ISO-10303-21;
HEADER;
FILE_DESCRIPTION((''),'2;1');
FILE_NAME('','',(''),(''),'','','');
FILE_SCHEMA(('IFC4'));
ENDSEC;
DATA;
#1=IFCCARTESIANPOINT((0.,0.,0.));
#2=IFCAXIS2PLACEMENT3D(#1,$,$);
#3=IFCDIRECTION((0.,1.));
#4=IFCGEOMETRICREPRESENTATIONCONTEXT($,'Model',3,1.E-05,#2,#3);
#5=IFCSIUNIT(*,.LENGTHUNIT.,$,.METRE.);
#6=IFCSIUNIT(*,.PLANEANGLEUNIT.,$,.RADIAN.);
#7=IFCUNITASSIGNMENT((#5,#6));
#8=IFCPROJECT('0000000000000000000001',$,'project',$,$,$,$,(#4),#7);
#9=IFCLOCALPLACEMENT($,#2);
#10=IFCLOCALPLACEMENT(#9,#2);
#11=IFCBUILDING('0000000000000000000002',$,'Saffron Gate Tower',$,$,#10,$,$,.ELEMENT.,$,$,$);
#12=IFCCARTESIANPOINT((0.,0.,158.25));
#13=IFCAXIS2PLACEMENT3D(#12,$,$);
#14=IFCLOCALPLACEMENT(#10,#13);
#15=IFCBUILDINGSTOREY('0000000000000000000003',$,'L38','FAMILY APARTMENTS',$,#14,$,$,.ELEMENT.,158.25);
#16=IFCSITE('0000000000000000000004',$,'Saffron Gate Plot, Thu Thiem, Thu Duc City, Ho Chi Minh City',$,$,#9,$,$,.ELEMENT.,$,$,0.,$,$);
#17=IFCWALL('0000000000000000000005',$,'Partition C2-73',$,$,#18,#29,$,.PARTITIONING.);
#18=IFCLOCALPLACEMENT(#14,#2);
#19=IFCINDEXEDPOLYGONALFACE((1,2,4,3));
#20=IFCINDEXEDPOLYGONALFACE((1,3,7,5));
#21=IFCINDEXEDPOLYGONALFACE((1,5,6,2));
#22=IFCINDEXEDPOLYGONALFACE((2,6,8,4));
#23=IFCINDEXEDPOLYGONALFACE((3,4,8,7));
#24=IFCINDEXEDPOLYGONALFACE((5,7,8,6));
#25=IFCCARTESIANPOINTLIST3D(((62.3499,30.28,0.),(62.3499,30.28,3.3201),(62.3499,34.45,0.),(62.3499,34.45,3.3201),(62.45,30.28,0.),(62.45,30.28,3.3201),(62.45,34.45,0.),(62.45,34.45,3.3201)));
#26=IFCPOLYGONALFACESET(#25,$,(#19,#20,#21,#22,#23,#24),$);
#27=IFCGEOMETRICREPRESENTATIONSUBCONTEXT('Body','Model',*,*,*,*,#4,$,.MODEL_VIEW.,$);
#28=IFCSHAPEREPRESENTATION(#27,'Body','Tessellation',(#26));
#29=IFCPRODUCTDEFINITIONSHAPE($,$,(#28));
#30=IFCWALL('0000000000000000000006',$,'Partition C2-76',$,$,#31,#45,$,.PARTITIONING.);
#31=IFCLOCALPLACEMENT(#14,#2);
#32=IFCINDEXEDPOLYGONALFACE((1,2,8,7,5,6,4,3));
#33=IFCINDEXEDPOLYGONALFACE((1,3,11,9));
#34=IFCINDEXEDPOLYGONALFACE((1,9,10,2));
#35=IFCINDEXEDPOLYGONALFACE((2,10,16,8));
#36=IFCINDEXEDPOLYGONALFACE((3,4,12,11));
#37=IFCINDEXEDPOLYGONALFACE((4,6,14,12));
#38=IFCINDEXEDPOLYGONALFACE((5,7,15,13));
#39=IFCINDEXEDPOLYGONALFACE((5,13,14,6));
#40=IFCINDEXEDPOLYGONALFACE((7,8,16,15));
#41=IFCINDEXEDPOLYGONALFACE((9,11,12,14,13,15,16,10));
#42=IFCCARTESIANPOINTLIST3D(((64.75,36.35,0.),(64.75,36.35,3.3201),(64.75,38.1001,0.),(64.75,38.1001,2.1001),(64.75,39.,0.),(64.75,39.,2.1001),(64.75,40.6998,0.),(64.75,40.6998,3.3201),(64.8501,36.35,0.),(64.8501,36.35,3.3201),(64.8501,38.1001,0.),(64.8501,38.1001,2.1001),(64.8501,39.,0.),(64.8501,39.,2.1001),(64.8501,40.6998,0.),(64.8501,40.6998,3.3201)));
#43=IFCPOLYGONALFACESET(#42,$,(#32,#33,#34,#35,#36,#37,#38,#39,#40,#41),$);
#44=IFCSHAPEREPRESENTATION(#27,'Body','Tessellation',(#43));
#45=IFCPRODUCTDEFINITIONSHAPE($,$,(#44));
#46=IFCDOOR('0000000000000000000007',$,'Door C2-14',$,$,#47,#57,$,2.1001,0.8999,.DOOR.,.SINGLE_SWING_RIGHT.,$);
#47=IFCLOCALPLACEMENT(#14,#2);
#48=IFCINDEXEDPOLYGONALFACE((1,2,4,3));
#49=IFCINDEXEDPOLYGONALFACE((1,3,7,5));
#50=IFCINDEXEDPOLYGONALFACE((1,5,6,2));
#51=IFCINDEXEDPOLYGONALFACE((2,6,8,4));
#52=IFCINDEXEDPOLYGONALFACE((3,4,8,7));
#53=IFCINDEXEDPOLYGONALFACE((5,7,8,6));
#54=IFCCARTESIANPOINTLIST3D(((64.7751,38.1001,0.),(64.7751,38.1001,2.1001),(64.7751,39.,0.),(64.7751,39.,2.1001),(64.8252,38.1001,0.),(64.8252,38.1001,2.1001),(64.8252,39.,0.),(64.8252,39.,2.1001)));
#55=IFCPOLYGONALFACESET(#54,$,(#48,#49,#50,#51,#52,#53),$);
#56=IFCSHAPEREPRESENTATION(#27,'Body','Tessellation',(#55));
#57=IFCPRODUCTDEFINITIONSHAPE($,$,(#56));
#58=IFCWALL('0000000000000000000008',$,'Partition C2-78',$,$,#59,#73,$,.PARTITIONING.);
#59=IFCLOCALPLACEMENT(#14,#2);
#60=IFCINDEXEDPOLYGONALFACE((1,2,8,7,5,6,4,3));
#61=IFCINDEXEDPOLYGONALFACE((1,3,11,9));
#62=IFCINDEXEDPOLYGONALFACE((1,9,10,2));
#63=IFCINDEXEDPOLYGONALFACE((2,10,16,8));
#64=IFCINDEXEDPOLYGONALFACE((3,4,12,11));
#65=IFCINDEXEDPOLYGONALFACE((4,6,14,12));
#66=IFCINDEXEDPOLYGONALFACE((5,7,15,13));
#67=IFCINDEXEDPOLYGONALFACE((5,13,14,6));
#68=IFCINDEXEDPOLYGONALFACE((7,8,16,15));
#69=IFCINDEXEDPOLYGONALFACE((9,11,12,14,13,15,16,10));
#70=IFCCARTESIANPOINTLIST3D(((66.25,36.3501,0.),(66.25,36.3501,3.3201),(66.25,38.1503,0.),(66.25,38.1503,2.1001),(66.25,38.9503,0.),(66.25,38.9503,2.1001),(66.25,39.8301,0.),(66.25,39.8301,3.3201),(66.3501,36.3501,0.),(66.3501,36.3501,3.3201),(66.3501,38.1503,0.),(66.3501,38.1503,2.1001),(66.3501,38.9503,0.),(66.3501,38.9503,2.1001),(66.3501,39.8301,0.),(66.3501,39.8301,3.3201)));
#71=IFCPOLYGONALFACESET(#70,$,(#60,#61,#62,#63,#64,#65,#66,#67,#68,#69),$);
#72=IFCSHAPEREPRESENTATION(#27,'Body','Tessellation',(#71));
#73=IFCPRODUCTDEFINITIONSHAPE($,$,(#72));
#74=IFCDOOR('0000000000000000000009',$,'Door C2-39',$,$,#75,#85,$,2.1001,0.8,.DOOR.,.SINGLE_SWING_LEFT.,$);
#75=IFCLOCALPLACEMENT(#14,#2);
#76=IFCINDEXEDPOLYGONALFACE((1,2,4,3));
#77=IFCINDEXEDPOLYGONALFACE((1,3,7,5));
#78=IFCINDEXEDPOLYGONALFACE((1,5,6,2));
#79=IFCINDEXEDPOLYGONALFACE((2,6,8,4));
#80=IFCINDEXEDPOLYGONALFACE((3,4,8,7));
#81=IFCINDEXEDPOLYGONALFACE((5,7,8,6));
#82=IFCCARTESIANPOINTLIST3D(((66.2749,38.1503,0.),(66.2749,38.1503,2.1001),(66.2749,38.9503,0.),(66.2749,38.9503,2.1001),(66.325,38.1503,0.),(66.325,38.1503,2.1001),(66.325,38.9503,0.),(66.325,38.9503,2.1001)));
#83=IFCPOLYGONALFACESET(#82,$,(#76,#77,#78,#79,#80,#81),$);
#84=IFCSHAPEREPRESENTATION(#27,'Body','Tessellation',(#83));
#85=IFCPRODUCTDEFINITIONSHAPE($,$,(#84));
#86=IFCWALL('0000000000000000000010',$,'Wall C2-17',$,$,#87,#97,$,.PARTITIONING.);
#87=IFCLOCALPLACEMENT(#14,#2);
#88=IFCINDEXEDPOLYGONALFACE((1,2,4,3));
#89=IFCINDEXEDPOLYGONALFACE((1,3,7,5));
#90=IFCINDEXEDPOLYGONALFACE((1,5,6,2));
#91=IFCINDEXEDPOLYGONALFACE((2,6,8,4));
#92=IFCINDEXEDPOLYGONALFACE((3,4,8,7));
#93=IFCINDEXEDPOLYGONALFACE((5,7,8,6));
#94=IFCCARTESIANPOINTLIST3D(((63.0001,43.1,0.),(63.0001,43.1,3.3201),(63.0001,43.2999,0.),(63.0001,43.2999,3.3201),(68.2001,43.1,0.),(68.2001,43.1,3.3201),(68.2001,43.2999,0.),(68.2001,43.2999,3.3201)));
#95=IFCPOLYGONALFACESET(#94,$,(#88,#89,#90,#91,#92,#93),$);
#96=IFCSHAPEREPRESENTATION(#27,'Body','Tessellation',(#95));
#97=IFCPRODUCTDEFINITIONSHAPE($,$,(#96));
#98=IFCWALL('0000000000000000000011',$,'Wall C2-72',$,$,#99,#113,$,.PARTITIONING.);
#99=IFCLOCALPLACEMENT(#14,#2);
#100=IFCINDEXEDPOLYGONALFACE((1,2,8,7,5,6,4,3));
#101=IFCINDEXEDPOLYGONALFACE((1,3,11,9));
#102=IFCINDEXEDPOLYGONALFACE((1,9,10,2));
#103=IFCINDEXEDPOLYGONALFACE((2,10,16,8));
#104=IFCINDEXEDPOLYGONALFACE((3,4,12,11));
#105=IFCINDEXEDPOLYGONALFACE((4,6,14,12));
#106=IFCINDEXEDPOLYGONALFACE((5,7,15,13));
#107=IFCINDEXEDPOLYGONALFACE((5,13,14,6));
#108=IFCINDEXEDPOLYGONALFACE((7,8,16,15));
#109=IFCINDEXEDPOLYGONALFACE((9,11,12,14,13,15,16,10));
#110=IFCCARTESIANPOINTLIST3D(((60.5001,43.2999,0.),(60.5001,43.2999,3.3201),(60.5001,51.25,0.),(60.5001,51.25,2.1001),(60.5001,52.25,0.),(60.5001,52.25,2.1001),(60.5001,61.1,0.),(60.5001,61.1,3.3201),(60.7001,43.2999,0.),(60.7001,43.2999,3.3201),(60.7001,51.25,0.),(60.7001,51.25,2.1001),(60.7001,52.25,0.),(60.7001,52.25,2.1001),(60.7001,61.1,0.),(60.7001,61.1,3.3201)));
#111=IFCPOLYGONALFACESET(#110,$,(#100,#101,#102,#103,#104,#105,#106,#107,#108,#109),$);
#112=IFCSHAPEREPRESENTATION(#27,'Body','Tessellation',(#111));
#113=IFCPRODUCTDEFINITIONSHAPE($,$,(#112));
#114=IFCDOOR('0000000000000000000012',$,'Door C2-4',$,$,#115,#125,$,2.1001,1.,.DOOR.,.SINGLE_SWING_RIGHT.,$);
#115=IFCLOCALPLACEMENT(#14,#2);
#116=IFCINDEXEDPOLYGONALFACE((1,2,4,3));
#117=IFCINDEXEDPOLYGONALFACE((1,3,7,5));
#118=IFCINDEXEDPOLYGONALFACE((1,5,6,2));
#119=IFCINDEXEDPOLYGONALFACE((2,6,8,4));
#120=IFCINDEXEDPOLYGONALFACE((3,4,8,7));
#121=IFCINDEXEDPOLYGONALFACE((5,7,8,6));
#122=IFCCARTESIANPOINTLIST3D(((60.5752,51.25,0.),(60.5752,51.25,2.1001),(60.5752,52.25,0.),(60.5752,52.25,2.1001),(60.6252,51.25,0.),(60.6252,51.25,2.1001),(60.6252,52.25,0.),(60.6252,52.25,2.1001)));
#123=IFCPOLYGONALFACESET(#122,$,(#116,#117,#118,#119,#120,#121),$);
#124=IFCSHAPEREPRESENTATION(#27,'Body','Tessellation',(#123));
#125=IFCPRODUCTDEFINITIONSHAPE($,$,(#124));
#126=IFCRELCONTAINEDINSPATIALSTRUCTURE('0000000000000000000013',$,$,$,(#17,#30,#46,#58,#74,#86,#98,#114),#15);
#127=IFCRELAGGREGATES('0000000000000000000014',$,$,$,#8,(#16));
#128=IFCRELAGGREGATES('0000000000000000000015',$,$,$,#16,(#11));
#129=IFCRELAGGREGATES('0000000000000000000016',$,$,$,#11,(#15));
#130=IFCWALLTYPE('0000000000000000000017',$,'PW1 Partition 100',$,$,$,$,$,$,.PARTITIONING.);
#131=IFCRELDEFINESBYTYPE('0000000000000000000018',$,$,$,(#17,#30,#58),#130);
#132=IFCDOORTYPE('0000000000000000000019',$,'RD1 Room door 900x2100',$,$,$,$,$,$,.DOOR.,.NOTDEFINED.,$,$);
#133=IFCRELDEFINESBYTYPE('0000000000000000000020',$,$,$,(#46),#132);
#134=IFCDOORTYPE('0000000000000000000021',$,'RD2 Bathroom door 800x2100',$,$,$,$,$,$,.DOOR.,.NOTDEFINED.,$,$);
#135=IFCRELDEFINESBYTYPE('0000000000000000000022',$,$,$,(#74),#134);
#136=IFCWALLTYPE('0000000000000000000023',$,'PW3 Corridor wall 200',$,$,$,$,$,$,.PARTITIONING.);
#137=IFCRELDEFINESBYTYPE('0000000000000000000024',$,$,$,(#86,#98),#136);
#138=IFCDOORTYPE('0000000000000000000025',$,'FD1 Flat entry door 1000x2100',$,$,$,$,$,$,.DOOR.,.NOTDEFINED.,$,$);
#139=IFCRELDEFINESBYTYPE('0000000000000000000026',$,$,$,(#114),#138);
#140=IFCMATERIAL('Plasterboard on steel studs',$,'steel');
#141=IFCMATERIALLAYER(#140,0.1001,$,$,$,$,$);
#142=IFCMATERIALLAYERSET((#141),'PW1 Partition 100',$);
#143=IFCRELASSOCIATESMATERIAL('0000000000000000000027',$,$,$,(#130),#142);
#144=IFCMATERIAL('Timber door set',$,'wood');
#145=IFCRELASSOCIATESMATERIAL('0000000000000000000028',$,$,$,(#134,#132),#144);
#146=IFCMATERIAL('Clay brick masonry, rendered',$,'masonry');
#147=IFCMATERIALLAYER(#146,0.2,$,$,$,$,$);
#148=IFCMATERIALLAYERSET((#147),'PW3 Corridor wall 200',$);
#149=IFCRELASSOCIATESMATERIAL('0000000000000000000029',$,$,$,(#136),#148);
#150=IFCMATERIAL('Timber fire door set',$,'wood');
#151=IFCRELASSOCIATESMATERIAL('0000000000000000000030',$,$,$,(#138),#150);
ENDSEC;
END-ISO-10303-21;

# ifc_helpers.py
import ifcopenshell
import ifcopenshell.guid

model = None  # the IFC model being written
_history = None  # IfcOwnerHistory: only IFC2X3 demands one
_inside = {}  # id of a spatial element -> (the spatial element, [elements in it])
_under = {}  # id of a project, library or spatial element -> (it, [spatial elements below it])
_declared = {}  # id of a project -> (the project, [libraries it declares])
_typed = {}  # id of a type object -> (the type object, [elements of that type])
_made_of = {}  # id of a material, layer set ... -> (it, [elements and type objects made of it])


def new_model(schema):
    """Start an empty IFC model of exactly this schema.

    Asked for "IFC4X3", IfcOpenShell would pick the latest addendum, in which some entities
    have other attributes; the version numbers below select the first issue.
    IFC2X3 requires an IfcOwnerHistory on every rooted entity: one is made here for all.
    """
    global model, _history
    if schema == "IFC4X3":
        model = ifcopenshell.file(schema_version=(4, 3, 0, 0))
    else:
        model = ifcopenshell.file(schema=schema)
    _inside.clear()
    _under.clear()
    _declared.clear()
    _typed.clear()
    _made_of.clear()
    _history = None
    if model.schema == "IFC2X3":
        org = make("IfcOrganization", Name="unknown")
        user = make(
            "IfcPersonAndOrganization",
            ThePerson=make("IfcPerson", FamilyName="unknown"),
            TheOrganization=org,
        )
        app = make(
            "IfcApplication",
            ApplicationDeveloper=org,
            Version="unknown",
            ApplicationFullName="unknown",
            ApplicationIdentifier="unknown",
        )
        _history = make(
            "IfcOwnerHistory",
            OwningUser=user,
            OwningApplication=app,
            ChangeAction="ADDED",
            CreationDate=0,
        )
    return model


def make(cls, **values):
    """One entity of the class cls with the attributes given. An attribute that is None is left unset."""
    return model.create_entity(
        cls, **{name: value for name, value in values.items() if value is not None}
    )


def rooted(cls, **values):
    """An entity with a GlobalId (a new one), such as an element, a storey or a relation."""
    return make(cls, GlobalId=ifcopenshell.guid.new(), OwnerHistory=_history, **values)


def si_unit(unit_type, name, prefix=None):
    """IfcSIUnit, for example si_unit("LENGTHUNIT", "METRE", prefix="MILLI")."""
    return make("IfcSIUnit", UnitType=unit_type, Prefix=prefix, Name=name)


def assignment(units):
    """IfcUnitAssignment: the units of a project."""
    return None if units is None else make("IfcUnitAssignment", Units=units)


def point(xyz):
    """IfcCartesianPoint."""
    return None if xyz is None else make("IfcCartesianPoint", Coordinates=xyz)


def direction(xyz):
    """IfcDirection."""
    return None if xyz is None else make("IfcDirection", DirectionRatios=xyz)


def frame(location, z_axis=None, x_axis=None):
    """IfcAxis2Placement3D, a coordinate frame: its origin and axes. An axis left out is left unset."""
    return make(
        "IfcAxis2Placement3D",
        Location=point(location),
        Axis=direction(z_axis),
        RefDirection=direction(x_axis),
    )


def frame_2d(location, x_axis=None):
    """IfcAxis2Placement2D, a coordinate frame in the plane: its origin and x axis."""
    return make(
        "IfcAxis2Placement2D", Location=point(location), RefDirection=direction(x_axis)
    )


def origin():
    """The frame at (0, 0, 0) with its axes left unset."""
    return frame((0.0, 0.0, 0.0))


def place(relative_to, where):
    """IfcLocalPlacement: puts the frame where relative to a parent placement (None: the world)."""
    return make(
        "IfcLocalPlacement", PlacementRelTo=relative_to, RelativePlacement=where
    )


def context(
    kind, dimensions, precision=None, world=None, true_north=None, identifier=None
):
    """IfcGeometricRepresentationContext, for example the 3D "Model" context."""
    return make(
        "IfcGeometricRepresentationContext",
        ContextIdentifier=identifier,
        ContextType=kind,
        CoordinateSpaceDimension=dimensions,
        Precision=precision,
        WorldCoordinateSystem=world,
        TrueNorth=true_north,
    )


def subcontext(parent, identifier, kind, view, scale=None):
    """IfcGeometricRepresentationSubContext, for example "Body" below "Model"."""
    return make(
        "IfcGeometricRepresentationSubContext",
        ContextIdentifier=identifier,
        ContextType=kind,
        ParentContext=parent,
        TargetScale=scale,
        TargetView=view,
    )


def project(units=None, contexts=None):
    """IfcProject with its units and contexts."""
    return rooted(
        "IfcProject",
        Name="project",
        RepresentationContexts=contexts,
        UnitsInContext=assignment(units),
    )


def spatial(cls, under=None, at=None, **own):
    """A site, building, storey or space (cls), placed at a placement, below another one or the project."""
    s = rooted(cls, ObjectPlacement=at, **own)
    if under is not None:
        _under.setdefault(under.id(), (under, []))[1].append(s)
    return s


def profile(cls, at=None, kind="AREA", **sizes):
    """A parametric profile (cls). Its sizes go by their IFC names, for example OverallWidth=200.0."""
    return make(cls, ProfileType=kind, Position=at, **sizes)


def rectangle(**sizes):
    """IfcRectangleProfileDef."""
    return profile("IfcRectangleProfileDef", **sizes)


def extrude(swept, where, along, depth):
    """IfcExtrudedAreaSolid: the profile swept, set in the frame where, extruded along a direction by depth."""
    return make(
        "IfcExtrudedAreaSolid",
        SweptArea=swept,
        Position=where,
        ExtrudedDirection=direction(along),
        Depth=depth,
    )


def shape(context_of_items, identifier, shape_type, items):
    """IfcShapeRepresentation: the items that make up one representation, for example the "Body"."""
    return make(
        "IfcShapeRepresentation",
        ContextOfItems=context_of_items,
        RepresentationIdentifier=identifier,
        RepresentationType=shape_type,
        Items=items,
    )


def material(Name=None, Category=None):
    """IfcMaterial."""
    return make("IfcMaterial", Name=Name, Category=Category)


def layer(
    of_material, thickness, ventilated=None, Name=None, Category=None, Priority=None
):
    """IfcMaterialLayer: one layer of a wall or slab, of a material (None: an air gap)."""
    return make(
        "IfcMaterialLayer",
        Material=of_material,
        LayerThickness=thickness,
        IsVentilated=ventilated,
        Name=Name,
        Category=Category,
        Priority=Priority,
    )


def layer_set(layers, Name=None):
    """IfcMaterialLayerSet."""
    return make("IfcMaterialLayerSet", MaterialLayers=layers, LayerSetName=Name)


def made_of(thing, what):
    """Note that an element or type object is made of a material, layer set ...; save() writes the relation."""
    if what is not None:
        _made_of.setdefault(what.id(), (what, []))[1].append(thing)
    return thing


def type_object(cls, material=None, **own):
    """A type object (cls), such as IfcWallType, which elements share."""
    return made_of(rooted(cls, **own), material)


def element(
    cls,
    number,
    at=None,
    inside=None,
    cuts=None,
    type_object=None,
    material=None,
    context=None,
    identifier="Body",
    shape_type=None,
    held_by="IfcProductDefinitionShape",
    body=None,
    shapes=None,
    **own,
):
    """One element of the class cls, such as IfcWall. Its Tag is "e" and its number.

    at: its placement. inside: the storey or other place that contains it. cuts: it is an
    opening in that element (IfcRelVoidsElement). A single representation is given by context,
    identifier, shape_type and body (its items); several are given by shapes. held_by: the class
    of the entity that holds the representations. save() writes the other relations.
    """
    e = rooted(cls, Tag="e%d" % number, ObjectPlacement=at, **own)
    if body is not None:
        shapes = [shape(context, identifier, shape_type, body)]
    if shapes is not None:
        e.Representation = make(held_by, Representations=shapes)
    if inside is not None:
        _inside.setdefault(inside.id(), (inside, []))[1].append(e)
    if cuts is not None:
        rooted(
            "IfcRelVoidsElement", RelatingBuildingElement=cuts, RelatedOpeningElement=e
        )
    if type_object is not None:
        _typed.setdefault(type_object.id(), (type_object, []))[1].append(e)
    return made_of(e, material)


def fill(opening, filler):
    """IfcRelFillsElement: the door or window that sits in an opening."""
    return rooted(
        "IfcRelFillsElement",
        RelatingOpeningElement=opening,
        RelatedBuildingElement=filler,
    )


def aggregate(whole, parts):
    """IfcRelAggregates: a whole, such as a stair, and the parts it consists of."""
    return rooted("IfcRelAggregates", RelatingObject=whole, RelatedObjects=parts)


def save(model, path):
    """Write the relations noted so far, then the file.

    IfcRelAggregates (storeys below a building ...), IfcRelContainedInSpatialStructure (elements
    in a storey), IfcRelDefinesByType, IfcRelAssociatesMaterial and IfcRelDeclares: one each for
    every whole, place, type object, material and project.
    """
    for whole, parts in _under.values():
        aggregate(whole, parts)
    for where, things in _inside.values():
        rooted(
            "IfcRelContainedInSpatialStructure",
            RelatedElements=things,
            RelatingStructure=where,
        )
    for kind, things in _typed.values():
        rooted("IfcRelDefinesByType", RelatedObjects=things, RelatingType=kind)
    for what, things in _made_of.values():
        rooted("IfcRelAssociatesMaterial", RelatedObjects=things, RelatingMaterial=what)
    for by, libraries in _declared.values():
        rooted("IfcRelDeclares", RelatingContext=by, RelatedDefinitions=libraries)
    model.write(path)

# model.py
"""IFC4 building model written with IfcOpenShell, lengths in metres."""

from ifc_helpers import new_model, si_unit, direction, frame, frame_2d, origin, place, context, subcontext, project, spatial, rectangle, extrude, material, layer, layer_set, type_object, element, fill, save


model = new_model("IFC4")

# Units and contexts
model_context = context("Model", 3, precision=1e-05, world=origin(), true_north=direction((0.0, 1.0)))
body_context = subcontext(model_context, "Body", "Model", "MODEL_VIEW")
ifc_project = project(units=[si_unit("LENGTHUNIT", "METRE"), si_unit("PLANEANGLEUNIT", "RADIAN")], contexts=[model_context])

# Site, building, storey
site_placement = place(None, origin())
site = spatial("IfcSite", under=ifc_project, at=site_placement, Name="Saffron Gate Plot, Thu Thiem, Thu Duc City, Ho Chi Minh City", CompositionType="ELEMENT", RefElevation=0.0)
building_placement = place(site_placement, origin())
building = spatial("IfcBuilding", under=site, at=building_placement, Name="Saffron Gate Tower", CompositionType="ELEMENT")
storey_placement = place(building_placement, frame((0.0, 0.0, 158.25)))
storey = spatial("IfcBuildingStorey", under=building, at=storey_placement, Name="L38", Description="FAMILY APARTMENTS", CompositionType="ELEMENT", Elevation=158.25)

# Shared definitions
ifc_material_1 = material(Name="Plasterboard on steel studs", Category="steel")
ifc_layer_1 = layer(ifc_material_1, 0.1001)
ifc_layer_set_1 = layer_set([ifc_layer_1], Name="PW1 Partition 100")
wall_type_1 = type_object("IfcWallType", Name="PW1 Partition 100", PredefinedType="PARTITIONING", material=ifc_layer_set_1)
ifc_material_2 = material(Name="Timber door set", Category="wood")
door_type_1 = type_object("IfcDoorType", Name="RD2 Bathroom door 800x2100", OperationType="NOTDEFINED", PredefinedType="DOOR", material=ifc_material_2)

# Wall
wall_1_placement = place(storey_placement, frame((62.3999, 34.45, 0.0), z_axis=(0.0, 0.0, 1.0), x_axis=(0.0, -1.0, 0.0)))
element("IfcWall", 1, at=wall_1_placement, inside=storey, type_object=wall_type_1, Name="Partition C2-73", PredefinedType="PARTITIONING", context=body_context, shape_type="SweptSolid", body=[
    extrude(rectangle(XDim=4.1699, YDim=0.1001, at=frame_2d((2.085, 0.0))), origin(), (0.0, 0.0, 1.0), 3.3201),
])

# Walls, openings, doors
wall_2_placement = place(storey_placement, frame((64.8, 36.3501, 0.0), z_axis=(0.0, 0.0, 1.0), x_axis=(0.0, 1.0, 0.0)))
wall_2 = element("IfcWall", 2, at=wall_2_placement, inside=storey, type_object=wall_type_1, Name="Partition C2-76", PredefinedType="PARTITIONING", context=body_context, shape_type="SweptSolid", body=[
    extrude(rectangle(XDim=4.3499, YDim=0.1001, at=frame_2d((2.1748, 0.0))), origin(), (0.0, 0.0, 1.0), 3.3201),
])
opening_1_placement = place(wall_2_placement, frame((1.75, 0.0, 0.0)))
opening_1 = element("IfcOpeningElement", 3, at=opening_1_placement, cuts=wall_2, PredefinedType="OPENING", context=body_context, shape_type="SweptSolid", body=[
    extrude(rectangle(XDim=0.8999, YDim=2.1001, at=frame_2d((0.45, 1.05))), frame((0.0, 0.0601, 0.0), z_axis=(0.0, -1.0, 0.0), x_axis=(1.0, 0.0, 0.0)), (0.0, 0.0, 1.0), 0.1201),
])
door_type_2 = type_object("IfcDoorType", Name="RD1 Room door 900x2100", OperationType="NOTDEFINED", PredefinedType="DOOR", material=ifc_material_2)
door_1_placement = place(opening_1_placement, origin())
door_1 = element("IfcDoor", 4, at=door_1_placement, inside=storey, type_object=door_type_2, Name="Door C2-14", OperationType="SINGLE_SWING_RIGHT", OverallHeight=2.1001, OverallWidth=0.8999, PredefinedType="DOOR", context=body_context, shape_type="SweptSolid", body=[
    extrude(rectangle(XDim=0.8999, YDim=2.1001, at=frame_2d((0.45, 1.05))), frame((0.0, 0.0249, 0.0), z_axis=(0.0, -1.0, 0.0), x_axis=(1.0, 0.0, 0.0)), (0.0, 0.0, 1.0), 0.05),
])
fill(opening_1, door_1)
wall_3_placement = place(storey_placement, frame((66.3, 39.8301, 0.0), z_axis=(0.0, 0.0, 1.0), x_axis=(0.0, -1.0, 0.0)))
wall_3 = element("IfcWall", 5, at=wall_3_placement, inside=storey, type_object=wall_type_1, Name="Partition C2-78", PredefinedType="PARTITIONING", context=body_context, shape_type="SweptSolid", body=[
    extrude(rectangle(XDim=3.48, YDim=0.1001, at=frame_2d((1.74, 0.0))), origin(), (0.0, 0.0, 1.0), 3.3201),
])
opening_2_placement = place(wall_3_placement, frame((0.8799, 0.0, 0.0)))
opening_2 = element("IfcOpeningElement", 6, at=opening_2_placement, cuts=wall_3, PredefinedType="OPENING", context=body_context, shape_type="SweptSolid", body=[
    extrude(rectangle(XDim=0.8, YDim=2.1001, at=frame_2d((0.3999, 1.05))), frame((0.0, 0.0601, 0.0), z_axis=(0.0, -1.0, 0.0), x_axis=(1.0, 0.0, 0.0)), (0.0, 0.0, 1.0), 0.1201),
])
door_2_placement = place(opening_2_placement, origin())
door_2 = element("IfcDoor", 7, at=door_2_placement, inside=storey, type_object=door_type_1, Name="Door C2-39", OperationType="SINGLE_SWING_LEFT", OverallHeight=2.1001, OverallWidth=0.8, PredefinedType="DOOR", context=body_context, shape_type="SweptSolid", body=[
    extrude(rectangle(XDim=0.8, YDim=2.1001, at=frame_2d((0.3999, 1.05))), frame((0.0, 0.0249, 0.0), z_axis=(0.0, -1.0, 0.0), x_axis=(1.0, 0.0, 0.0)), (0.0, 0.0, 1.0), 0.05),
])
fill(opening_2, door_2)

# Wall
ifc_material_3 = material(Name="Clay brick masonry, rendered", Category="masonry")
ifc_layer_2 = layer(ifc_material_3, 0.2)
ifc_layer_set_2 = layer_set([ifc_layer_2], Name="PW3 Corridor wall 200")
wall_type_2 = type_object("IfcWallType", Name="PW3 Corridor wall 200", PredefinedType="PARTITIONING", material=ifc_layer_set_2)
wall_4_placement = place(storey_placement, frame((63.0, 43.2, 0.0), z_axis=(0.0, 0.0, 1.0), x_axis=(1.0, 0.0, 0.0)))
element("IfcWall", 8, at=wall_4_placement, inside=storey, type_object=wall_type_2, Name="Wall C2-17", PredefinedType="PARTITIONING", context=body_context, shape_type="SweptSolid", body=[
    extrude(rectangle(XDim=5.2, YDim=0.2, at=frame_2d((2.6001, 0.0))), origin(), (0.0, 0.0, 1.0), 3.3201),
])

# Wall, opening, door
wall_5_placement = place(storey_placement, frame((60.6001, 43.3, 0.0), z_axis=(0.0, 0.0, 1.0), x_axis=(0.0, 1.0, 0.0)))
wall_5 = element("IfcWall", 9, at=wall_5_placement, inside=storey, type_object=wall_type_2, Name="Wall C2-72", PredefinedType="PARTITIONING", context=body_context, shape_type="SweptSolid", body=[
    extrude(rectangle(XDim=17.8, YDim=0.2, at=frame_2d((8.8999, 0.0))), origin(), (0.0, 0.0, 1.0), 3.3201),
])
opening_3_placement = place(wall_5_placement, frame((7.95, 0.0, 0.0)))
opening_3 = element("IfcOpeningElement", 10, at=opening_3_placement, cuts=wall_5, PredefinedType="OPENING", context=body_context, shape_type="SweptSolid", body=[
    extrude(rectangle(XDim=1.0, YDim=2.1001, at=frame_2d((0.5, 1.05))), frame((0.0, 0.1099, 0.0), z_axis=(0.0, -1.0, 0.0), x_axis=(1.0, 0.0, 0.0)), (0.0, 0.0, 1.0), 0.22),
])
ifc_material_4 = material(Name="Timber fire door set", Category="wood")
door_type_3 = type_object("IfcDoorType", Name="FD1 Flat entry door 1000x2100", OperationType="NOTDEFINED", PredefinedType="DOOR", material=ifc_material_4)
door_3_placement = place(opening_3_placement, origin())
door_3 = element("IfcDoor", 11, at=door_3_placement, inside=storey, type_object=door_type_3, Name="Door C2-4", OperationType="SINGLE_SWING_RIGHT", OverallHeight=2.1001, OverallWidth=1.0, PredefinedType="DOOR", context=body_context, shape_type="SweptSolid", body=[
    extrude(rectangle(XDim=1.0, YDim=2.1001, at=frame_2d((0.5, 1.05))), frame((0.0, 0.0249, 0.0), z_axis=(0.0, -1.0, 0.0), x_axis=(1.0, 0.0, 0.0)), (0.0, 0.0, 1.0), 0.05),
])
fill(opening_3, door_3)

save(model, "model.ifc")
